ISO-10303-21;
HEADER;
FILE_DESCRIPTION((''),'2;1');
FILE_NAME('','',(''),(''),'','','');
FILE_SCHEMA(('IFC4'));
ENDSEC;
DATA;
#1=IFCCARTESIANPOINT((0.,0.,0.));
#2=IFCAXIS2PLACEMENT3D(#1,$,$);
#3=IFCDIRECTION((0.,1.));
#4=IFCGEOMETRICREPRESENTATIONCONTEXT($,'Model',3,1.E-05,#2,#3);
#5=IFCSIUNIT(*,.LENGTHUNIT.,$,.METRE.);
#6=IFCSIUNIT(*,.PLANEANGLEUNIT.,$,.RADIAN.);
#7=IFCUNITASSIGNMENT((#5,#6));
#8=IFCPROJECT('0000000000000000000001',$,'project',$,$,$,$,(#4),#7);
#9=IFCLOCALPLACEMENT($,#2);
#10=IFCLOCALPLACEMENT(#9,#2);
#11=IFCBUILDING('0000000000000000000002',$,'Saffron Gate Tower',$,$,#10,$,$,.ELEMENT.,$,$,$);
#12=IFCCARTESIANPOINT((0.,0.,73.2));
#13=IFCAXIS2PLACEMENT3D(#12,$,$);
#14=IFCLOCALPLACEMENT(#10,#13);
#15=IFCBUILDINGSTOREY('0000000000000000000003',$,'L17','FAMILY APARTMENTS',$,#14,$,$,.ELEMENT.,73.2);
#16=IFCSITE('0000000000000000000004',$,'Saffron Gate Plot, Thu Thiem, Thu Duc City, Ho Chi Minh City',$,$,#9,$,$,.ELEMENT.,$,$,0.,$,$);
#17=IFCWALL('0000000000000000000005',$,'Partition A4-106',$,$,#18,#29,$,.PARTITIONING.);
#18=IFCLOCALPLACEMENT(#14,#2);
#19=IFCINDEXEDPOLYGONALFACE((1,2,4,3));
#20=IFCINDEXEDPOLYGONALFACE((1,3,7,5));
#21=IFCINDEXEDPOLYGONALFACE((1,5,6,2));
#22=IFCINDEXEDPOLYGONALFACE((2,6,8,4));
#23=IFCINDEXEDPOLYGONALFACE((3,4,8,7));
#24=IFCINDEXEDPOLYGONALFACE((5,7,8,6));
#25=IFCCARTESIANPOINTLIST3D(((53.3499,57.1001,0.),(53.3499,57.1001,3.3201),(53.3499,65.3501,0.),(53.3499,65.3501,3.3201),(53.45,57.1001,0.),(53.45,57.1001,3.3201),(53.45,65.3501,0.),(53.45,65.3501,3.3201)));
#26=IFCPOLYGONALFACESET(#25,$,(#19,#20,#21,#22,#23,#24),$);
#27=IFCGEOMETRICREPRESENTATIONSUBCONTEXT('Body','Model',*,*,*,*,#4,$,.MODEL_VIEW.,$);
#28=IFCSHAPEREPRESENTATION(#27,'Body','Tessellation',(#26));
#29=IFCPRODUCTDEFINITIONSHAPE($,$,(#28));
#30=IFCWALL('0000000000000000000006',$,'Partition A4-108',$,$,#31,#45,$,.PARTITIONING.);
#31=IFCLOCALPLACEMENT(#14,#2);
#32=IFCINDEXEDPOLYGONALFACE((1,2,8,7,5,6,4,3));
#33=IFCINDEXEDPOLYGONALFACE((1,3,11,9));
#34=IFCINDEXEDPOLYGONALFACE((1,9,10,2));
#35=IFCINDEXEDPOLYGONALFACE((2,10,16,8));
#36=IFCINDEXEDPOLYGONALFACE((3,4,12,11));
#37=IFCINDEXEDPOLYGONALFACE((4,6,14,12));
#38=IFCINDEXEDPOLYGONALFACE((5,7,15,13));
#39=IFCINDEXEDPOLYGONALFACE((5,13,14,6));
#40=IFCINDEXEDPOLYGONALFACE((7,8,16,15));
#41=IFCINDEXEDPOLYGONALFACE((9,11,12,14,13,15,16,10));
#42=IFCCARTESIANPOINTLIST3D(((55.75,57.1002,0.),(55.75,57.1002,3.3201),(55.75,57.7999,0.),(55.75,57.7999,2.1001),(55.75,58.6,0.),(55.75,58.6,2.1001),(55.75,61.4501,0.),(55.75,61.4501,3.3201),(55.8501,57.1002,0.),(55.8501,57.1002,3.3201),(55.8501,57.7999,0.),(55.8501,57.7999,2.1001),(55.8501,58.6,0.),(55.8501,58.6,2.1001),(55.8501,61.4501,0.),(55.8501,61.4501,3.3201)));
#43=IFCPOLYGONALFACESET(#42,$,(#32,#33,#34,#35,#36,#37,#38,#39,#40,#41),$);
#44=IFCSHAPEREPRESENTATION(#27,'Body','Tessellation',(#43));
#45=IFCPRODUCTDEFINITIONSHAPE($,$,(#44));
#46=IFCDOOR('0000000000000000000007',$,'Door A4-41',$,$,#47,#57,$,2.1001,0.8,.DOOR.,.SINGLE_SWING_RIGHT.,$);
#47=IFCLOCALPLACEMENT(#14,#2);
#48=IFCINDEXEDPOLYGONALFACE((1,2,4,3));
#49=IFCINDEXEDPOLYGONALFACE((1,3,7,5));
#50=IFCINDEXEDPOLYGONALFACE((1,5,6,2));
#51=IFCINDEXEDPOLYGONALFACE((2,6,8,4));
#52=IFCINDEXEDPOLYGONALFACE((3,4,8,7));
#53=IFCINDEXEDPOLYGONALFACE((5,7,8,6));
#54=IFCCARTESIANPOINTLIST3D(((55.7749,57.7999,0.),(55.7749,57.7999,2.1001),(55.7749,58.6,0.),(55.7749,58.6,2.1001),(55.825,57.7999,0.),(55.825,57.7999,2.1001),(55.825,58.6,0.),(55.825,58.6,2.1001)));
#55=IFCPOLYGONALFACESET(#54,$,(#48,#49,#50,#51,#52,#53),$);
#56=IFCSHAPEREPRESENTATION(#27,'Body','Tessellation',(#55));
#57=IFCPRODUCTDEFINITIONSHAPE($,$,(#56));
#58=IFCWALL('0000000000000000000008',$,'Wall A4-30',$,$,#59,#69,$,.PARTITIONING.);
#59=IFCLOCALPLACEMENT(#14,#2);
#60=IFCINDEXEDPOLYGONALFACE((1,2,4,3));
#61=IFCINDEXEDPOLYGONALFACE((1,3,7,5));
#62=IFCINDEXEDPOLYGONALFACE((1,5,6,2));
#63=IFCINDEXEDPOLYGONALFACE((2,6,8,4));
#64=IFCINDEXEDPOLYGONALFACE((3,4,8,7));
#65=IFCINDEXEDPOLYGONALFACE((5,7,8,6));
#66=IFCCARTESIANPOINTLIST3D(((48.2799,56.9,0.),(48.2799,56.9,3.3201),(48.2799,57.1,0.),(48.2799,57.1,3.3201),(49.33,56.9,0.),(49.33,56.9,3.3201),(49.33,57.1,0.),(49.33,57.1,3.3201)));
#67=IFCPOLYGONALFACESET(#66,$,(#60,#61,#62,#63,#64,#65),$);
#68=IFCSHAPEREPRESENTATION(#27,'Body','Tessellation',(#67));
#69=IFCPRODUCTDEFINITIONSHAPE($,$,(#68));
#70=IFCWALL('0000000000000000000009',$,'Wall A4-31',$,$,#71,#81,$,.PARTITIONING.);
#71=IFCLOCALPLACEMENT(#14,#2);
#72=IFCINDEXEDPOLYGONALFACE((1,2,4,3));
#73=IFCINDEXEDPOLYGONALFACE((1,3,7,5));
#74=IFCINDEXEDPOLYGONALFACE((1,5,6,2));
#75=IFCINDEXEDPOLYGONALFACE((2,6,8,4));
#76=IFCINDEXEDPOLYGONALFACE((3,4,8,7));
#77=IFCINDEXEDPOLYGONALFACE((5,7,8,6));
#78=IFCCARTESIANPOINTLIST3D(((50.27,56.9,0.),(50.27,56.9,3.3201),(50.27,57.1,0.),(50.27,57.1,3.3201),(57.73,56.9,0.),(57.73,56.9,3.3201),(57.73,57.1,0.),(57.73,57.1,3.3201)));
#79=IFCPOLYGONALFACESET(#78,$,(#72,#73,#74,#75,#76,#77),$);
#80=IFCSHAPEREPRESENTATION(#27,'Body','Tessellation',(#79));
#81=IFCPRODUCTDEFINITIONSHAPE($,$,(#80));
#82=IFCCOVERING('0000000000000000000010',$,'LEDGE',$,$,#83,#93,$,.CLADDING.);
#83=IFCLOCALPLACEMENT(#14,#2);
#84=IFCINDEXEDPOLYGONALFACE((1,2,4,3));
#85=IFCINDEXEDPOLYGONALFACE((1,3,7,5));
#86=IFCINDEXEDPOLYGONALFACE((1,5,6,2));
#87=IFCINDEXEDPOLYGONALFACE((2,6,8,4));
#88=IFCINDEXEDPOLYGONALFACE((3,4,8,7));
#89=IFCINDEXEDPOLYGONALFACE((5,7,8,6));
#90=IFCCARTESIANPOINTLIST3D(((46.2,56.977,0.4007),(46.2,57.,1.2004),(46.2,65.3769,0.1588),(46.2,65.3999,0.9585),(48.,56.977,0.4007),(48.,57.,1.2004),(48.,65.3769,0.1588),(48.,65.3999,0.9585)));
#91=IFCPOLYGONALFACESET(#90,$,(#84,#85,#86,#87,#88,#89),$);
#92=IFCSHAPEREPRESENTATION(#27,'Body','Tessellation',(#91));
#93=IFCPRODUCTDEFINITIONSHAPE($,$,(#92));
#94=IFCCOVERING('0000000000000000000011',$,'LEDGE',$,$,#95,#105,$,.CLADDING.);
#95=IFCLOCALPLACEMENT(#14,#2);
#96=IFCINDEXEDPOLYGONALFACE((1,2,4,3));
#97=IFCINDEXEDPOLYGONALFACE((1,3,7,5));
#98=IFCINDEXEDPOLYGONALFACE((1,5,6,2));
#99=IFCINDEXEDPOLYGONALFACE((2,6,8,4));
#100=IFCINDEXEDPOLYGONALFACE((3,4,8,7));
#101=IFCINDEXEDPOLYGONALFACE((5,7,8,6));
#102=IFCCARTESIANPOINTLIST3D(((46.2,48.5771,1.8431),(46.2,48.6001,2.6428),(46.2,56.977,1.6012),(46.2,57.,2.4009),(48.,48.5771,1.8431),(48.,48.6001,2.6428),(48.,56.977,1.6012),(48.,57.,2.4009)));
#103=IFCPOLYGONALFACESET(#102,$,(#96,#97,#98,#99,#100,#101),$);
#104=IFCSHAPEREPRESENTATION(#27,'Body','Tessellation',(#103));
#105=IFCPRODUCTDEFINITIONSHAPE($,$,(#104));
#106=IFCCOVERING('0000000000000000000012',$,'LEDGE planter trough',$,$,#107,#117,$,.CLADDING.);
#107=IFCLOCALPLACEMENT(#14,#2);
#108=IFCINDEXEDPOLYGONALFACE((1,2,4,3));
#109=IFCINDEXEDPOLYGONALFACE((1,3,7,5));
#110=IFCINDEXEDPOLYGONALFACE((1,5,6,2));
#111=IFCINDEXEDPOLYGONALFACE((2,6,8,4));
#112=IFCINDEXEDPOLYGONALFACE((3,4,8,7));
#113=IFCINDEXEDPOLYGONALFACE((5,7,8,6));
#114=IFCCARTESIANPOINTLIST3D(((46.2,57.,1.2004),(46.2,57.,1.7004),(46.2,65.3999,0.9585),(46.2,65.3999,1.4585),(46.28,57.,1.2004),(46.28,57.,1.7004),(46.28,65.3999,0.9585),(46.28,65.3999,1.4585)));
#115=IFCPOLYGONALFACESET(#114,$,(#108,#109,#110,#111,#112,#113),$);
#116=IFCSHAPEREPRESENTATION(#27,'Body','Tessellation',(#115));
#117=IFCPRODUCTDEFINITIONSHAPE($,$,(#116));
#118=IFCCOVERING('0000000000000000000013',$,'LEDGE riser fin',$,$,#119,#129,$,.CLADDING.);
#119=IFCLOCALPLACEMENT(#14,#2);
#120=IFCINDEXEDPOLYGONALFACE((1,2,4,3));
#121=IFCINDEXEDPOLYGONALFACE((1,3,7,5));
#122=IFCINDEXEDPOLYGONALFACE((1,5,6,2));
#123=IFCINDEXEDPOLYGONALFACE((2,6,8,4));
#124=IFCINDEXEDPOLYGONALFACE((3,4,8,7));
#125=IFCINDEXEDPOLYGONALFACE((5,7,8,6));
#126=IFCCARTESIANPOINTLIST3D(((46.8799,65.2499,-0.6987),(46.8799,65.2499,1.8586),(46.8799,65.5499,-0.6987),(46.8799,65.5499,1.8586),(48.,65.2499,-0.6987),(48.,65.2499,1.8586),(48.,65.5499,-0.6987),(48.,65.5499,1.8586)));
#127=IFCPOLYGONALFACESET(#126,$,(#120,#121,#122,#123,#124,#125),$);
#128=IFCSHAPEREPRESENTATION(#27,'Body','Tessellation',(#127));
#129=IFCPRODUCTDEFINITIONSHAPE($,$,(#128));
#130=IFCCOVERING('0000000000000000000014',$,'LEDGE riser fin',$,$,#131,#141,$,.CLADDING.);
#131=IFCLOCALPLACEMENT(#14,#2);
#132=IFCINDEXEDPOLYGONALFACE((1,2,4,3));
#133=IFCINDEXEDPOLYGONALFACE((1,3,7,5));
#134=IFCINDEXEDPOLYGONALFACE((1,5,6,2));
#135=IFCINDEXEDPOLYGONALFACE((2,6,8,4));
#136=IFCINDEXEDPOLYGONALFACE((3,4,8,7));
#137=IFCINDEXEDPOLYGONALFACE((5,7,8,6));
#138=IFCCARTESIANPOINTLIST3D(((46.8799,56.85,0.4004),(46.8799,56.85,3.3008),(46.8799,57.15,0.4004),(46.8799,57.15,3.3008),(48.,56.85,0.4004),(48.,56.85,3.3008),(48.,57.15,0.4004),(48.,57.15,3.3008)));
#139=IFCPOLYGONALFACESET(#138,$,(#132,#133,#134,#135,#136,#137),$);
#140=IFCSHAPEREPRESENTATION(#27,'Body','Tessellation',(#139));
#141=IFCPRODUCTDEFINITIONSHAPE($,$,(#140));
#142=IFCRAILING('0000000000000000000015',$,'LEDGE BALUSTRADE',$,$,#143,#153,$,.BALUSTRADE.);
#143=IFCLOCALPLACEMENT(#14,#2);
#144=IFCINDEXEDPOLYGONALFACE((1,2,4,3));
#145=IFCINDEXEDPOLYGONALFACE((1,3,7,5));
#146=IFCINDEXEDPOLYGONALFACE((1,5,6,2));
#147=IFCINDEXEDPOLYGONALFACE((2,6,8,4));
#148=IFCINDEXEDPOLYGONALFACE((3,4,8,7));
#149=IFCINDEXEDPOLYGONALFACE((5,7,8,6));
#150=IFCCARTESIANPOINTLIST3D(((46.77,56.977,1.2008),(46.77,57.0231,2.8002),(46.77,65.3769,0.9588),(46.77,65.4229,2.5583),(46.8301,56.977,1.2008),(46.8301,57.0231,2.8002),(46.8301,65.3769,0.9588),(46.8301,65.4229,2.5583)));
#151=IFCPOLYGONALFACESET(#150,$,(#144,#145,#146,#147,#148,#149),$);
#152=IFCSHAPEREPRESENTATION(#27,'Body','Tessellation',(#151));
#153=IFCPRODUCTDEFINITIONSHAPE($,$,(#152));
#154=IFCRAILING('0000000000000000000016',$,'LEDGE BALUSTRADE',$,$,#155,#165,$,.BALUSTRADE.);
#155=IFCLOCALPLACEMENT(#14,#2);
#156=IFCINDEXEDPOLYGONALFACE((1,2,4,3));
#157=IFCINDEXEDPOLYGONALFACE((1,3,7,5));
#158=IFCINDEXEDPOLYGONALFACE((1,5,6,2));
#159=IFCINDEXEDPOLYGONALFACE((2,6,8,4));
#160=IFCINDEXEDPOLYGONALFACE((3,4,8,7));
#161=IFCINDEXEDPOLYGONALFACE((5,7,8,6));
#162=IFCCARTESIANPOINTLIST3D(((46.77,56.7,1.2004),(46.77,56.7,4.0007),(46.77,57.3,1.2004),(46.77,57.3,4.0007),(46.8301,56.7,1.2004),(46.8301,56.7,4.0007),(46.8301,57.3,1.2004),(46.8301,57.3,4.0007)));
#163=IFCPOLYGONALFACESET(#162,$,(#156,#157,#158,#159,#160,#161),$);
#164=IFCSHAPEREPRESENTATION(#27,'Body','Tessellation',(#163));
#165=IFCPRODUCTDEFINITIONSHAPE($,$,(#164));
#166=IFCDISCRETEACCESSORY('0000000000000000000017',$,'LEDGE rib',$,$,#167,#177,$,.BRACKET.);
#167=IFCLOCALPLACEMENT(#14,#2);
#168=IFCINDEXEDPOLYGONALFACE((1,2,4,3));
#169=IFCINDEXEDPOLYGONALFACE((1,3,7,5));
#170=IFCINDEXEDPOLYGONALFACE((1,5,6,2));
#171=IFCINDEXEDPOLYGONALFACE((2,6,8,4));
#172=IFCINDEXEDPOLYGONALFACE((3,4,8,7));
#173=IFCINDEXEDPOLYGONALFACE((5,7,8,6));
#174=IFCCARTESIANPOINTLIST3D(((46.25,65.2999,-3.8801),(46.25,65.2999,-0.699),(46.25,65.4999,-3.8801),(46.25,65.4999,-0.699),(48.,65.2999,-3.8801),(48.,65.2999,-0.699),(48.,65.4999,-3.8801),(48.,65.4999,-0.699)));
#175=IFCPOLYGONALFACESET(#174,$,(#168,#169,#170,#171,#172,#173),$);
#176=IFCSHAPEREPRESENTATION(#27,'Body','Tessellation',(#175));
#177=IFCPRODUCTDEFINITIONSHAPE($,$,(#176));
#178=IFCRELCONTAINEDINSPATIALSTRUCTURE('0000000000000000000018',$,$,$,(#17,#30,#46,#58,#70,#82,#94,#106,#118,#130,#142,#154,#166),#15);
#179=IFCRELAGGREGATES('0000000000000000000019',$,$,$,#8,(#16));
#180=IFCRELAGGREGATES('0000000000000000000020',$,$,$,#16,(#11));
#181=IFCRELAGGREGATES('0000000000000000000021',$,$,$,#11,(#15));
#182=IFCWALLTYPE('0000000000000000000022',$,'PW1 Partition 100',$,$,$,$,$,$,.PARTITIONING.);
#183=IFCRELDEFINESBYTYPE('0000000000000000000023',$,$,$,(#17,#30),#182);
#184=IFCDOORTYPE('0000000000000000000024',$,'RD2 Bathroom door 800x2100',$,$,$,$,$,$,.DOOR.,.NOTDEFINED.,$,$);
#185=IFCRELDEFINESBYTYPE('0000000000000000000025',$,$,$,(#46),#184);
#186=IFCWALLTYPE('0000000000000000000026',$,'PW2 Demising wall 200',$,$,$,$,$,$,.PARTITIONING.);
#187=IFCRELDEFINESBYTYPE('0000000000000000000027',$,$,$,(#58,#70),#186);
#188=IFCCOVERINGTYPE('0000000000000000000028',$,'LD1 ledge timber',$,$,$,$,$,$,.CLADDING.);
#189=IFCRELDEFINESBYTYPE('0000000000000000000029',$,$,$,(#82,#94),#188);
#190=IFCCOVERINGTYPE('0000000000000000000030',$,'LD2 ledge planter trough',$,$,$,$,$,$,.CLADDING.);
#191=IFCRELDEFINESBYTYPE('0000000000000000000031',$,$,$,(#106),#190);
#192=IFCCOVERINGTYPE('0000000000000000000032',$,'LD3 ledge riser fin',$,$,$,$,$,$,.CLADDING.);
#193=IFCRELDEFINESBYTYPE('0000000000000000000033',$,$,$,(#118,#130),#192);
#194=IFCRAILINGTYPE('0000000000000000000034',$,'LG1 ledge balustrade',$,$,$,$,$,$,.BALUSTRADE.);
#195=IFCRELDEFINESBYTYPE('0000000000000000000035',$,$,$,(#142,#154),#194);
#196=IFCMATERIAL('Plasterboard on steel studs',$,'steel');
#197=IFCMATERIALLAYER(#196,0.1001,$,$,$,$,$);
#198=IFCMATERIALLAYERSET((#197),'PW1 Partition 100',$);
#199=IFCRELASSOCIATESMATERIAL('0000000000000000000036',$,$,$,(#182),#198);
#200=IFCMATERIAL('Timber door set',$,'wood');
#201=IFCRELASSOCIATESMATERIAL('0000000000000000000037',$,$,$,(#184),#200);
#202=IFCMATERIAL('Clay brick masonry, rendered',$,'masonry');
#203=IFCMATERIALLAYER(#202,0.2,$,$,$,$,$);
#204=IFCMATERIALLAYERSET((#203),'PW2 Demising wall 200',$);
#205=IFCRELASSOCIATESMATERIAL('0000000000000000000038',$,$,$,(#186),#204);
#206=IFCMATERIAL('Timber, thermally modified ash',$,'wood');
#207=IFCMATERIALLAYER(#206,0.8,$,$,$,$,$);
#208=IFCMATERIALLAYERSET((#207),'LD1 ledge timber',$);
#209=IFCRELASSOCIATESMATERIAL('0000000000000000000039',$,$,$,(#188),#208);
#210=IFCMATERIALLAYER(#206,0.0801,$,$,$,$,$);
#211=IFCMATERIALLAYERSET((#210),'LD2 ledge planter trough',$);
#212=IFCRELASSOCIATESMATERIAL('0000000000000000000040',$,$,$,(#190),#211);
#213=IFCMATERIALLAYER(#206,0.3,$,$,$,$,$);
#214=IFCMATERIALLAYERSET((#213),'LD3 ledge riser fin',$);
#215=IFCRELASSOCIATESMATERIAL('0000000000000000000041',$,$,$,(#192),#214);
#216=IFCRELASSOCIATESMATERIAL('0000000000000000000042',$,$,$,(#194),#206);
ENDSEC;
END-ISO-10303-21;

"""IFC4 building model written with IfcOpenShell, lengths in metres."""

from ifc_helpers import new_model, si_unit, direction, frame, frame_2d, origin, origin_2d, place, context, subcontext, project, spatial, polyline, rectangle, outline, extrude, material, layer, layer_set, type_object, element, fill, save


model = new_model("IFC4")

# Units and contexts
model_context = context("Model", 3, precision=1e-05, world=origin(), true_north=direction((0.0, 1.0)))
body_context = subcontext(model_context, "Body", "Model", "MODEL_VIEW")
ifc_project = project(units=[si_unit("LENGTHUNIT", "METRE"), si_unit("PLANEANGLEUNIT", "RADIAN")], contexts=[model_context])

# Site, building, storey
site_placement = place(None, origin())
site = spatial("IfcSite", under=ifc_project, at=site_placement, Name="Saffron Gate Plot, Thu Thiem, Thu Duc City, Ho Chi Minh City", CompositionType="ELEMENT", RefElevation=0.0)
building_placement = place(site_placement, origin())
building = spatial("IfcBuilding", under=site, at=building_placement, Name="Saffron Gate Tower", CompositionType="ELEMENT")
storey_placement = place(building_placement, frame((0.0, 0.0, 73.2)))
storey = spatial("IfcBuildingStorey", under=building, at=storey_placement, Name="L17", Description="FAMILY APARTMENTS", CompositionType="ELEMENT", Elevation=73.2)

# Shared definitions
ifc_material_1 = material(Name="Plasterboard on steel studs", Category="steel")
ifc_layer_1 = layer(ifc_material_1, 0.1001)
ifc_layer_set_1 = layer_set([ifc_layer_1], Name="PW1 Partition 100")
wall_type_1 = type_object("IfcWallType", Name="PW1 Partition 100", PredefinedType="PARTITIONING", material=ifc_layer_set_1)

# Shared definitions
ifc_material_2 = material(Name="Timber door set", Category="wood")

# Wall
wall_1_placement = place(storey_placement, frame((53.3999, 65.3501, 0.0), z_axis=(0.0, 0.0, 1.0), x_axis=(0.0, -1.0, 0.0)))
element("IfcWall", 1, at=wall_1_placement, inside=storey, type_object=wall_type_1, Name="Partition A4-106", PredefinedType="PARTITIONING", context=body_context, shape_type="SweptSolid", body=[
    extrude(rectangle(XDim=8.25, YDim=0.1001, at=frame_2d((4.125, 0.0))), origin(), (0.0, 0.0, 1.0), 3.3201),
])

# Wall, opening, door
wall_2_placement = place(storey_placement, frame((55.8, 61.45, 0.0), z_axis=(0.0, 0.0, 1.0), x_axis=(0.0, -1.0, 0.0)))
wall_2 = element("IfcWall", 2, at=wall_2_placement, inside=storey, type_object=wall_type_1, Name="Partition A4-108", PredefinedType="PARTITIONING", context=body_context, shape_type="SweptSolid", body=[
    extrude(rectangle(XDim=4.3499, YDim=0.1001, at=frame_2d((2.1748, 0.0))), origin(), (0.0, 0.0, 1.0), 3.3201),
])
opening_1_placement = place(wall_2_placement, frame((2.8501, 0.0, 0.0)))
opening_1 = element("IfcOpeningElement", 3, at=opening_1_placement, cuts=wall_2, PredefinedType="OPENING", context=body_context, shape_type="SweptSolid", body=[
    extrude(rectangle(XDim=0.8, YDim=2.1001, at=frame_2d((0.3999, 1.05))), frame((0.0, 0.0601, 0.0), z_axis=(0.0, -1.0, 0.0), x_axis=(1.0, 0.0, 0.0)), (0.0, 0.0, 1.0), 0.1201),
])
door_type_1 = type_object("IfcDoorType", Name="RD2 Bathroom door 800x2100", OperationType="NOTDEFINED", PredefinedType="DOOR", material=ifc_material_2)
door_1_placement = place(opening_1_placement, origin())
door_1 = element("IfcDoor", 4, at=door_1_placement, inside=storey, type_object=door_type_1, Name="Door A4-41", OperationType="SINGLE_SWING_RIGHT", OverallHeight=2.1001, OverallWidth=0.8, PredefinedType="DOOR", context=body_context, shape_type="SweptSolid", body=[
    extrude(rectangle(XDim=0.8, YDim=2.1001, at=frame_2d((0.3999, 1.05))), frame((0.0, 0.0249, 0.0), z_axis=(0.0, -1.0, 0.0), x_axis=(1.0, 0.0, 0.0)), (0.0, 0.0, 1.0), 0.05),
])
fill(opening_1, door_1)

# Walls
ifc_material_3 = material(Name="Clay brick masonry, rendered", Category="masonry")
ifc_layer_2 = layer(ifc_material_3, 0.2)
ifc_layer_set_2 = layer_set([ifc_layer_2], Name="PW2 Demising wall 200")
wall_type_2 = type_object("IfcWallType", Name="PW2 Demising wall 200", PredefinedType="PARTITIONING", material=ifc_layer_set_2)
wall_3_placement = place(storey_placement, frame((48.28, 57.0, 0.0), z_axis=(0.0, 0.0, 1.0), x_axis=(1.0, 0.0, 0.0)))
element("IfcWall", 5, at=wall_3_placement, inside=storey, type_object=wall_type_2, Name="Wall A4-30", PredefinedType="PARTITIONING", context=body_context, shape_type="SweptSolid", body=[
    extrude(rectangle(XDim=1.05, YDim=0.2, at=frame_2d((0.5249, 0.0))), origin(), (0.0, 0.0, 1.0), 3.3201),
])
wall_4_placement = place(storey_placement, frame((50.27, 57.0, 0.0), z_axis=(0.0, 0.0, 1.0), x_axis=(1.0, 0.0, 0.0)))
element("IfcWall", 6, at=wall_4_placement, inside=storey, type_object=wall_type_2, Name="Wall A4-31", PredefinedType="PARTITIONING", context=body_context, shape_type="SweptSolid", body=[
    extrude(rectangle(XDim=7.46, YDim=0.2, at=frame_2d((3.73, 0.0))), origin(), (0.0, 0.0, 1.0), 3.3201),
])

# Coverings
ifc_material_4 = material(Name="Timber, thermally modified ash", Category="wood")
ifc_layer_3 = layer(ifc_material_4, 0.8)
ifc_layer_set_3 = layer_set([ifc_layer_3], Name="LD1 ledge timber")
covering_type_1 = type_object("IfcCoveringType", Name="LD1 ledge timber", PredefinedType="CLADDING", material=ifc_layer_set_3)
for number, where, z_axis, x_axis, name in (
    (7, (48.0, 65.3999, 0.9585), (0.0, 0.028791, 0.999585), (0.0, -0.999585, 0.028791), "LEDGE"),
    (8, (48.0, 57.0, 2.4009), (0.0, 0.028791, 0.999585), (0.0, -0.999585, 0.028791), "LEDGE"),
):
    element("IfcCovering", number, at=place(storey_placement, frame(where, z_axis=z_axis, x_axis=x_axis)), inside=storey, type_object=covering_type_1, Name=name, PredefinedType="CLADDING", context=body_context, shape_type="SweptSolid", body=[
        extrude(outline(polyline([(0.0, 0.0), (8.4034, 0.0), (8.4034, -1.8), (0.0, -1.8), (0.0, 0.0)])), origin(), (0.0, 0.0, -1.0), 0.8),
    ])
ifc_layer_4 = layer(ifc_material_4, 0.0801)
ifc_layer_set_4 = layer_set([ifc_layer_4], Name="LD2 ledge planter trough")
covering_type_2 = type_object("IfcCoveringType", Name="LD2 ledge planter trough", PredefinedType="CLADDING", material=ifc_layer_set_4)
covering_1_placement = place(storey_placement, frame((46.2, 65.3999, 0.9585), z_axis=(-1.0, 0.0, 0.0), x_axis=(0.0, -0.999585, 0.028791)))
element("IfcCovering", 9, at=covering_1_placement, inside=storey, type_object=covering_type_2, Name="LEDGE planter trough", PredefinedType="CLADDING", context=body_context, shape_type="SweptSolid", body=[
    extrude(outline(polyline([(0.0, 0.0), (8.4034, 0.0), (8.4178, 0.4998), (0.0144, 0.4998), (0.0, 0.0)])), origin(), (0.0, 0.0, -1.0), 0.0801),
])
ifc_layer_5 = layer(ifc_material_4, 0.3)
ifc_layer_set_5 = layer_set([ifc_layer_5], Name="LD3 ledge riser fin")
covering_type_3 = type_object("IfcCoveringType", Name="LD3 ledge riser fin", PredefinedType="CLADDING", material=ifc_layer_set_5)
covering_2_placement = place(storey_placement, frame((47.4399, 65.3999, -0.6987), z_axis=(0.0, 0.0, 1.0), x_axis=(0.0, -1.0, 0.0)))
element("IfcCovering", 10, at=covering_2_placement, inside=storey, type_object=covering_type_3, Name="LEDGE riser fin", PredefinedType="CLADDING", context=body_context, shape_type="SweptSolid", body=[
    extrude(rectangle(XDim=0.3, YDim=1.1201, at=origin_2d()), origin(), (0.0, 0.0, 1.0), 2.5574),
])
covering_3_placement = place(storey_placement, frame((47.4399, 57.0, 0.4004), z_axis=(0.0, 0.0, 1.0), x_axis=(0.0, -1.0, 0.0)))
element("IfcCovering", 11, at=covering_3_placement, inside=storey, type_object=covering_type_3, Name="LEDGE riser fin", PredefinedType="CLADDING", context=body_context, shape_type="SweptSolid", body=[
    extrude(rectangle(XDim=0.3, YDim=1.1201, at=origin_2d()), origin(), (0.0, 0.0, 1.0), 2.9004),
])

# Railings
railing_type = type_object("IfcRailingType", Name="LG1 ledge balustrade", PredefinedType="BALUSTRADE", material=ifc_material_4)
railing_1_placement = place(storey_placement, frame((46.8, 65.3999, 0.9585)))
element("IfcRailing", 12, at=railing_1_placement, inside=storey, type_object=railing_type, Name="LEDGE BALUSTRADE", PredefinedType="BALUSTRADE", context=body_context, shape_type="SweptSolid", body=[
    extrude(rectangle(XDim=0.0601, YDim=1.6001, at=origin_2d()), frame((0.0, 0.0, 0.8), z_axis=(0.0, -0.999585, 0.028791), x_axis=(1.0, 0.0, 0.0)), (0.0, 0.0, 1.0), 8.4033),
])
railing_2_placement = place(storey_placement, frame((46.8, 57.3, 1.2004)))
element("IfcRailing", 13, at=railing_2_placement, inside=storey, type_object=railing_type, Name="LEDGE BALUSTRADE", PredefinedType="BALUSTRADE", context=body_context, shape_type="SweptSolid", body=[
    extrude(rectangle(XDim=0.0601, YDim=2.8003, at=origin_2d()), frame((0.0, 0.0, 1.4001), z_axis=(0.0, -1.0, 0.0), x_axis=(1.0, 0.0, 0.0)), (0.0, 0.0, 1.0), 0.6001),
])

# Discrete accessory
discrete_accessory_1_placement = place(storey_placement, frame((47.125, 65.3999, -3.8801), z_axis=(0.0, 0.0, 1.0), x_axis=(0.0, -1.0, 0.0)))
element("IfcDiscreteAccessory", 14, at=discrete_accessory_1_placement, inside=storey, Name="LEDGE rib", PredefinedType="BRACKET", context=body_context, shape_type="SweptSolid", body=[
    extrude(rectangle(XDim=0.2, YDim=1.75, at=origin_2d()), origin(), (0.0, 0.0, 1.0), 3.1812),
])

save(model, "model.ifc")
